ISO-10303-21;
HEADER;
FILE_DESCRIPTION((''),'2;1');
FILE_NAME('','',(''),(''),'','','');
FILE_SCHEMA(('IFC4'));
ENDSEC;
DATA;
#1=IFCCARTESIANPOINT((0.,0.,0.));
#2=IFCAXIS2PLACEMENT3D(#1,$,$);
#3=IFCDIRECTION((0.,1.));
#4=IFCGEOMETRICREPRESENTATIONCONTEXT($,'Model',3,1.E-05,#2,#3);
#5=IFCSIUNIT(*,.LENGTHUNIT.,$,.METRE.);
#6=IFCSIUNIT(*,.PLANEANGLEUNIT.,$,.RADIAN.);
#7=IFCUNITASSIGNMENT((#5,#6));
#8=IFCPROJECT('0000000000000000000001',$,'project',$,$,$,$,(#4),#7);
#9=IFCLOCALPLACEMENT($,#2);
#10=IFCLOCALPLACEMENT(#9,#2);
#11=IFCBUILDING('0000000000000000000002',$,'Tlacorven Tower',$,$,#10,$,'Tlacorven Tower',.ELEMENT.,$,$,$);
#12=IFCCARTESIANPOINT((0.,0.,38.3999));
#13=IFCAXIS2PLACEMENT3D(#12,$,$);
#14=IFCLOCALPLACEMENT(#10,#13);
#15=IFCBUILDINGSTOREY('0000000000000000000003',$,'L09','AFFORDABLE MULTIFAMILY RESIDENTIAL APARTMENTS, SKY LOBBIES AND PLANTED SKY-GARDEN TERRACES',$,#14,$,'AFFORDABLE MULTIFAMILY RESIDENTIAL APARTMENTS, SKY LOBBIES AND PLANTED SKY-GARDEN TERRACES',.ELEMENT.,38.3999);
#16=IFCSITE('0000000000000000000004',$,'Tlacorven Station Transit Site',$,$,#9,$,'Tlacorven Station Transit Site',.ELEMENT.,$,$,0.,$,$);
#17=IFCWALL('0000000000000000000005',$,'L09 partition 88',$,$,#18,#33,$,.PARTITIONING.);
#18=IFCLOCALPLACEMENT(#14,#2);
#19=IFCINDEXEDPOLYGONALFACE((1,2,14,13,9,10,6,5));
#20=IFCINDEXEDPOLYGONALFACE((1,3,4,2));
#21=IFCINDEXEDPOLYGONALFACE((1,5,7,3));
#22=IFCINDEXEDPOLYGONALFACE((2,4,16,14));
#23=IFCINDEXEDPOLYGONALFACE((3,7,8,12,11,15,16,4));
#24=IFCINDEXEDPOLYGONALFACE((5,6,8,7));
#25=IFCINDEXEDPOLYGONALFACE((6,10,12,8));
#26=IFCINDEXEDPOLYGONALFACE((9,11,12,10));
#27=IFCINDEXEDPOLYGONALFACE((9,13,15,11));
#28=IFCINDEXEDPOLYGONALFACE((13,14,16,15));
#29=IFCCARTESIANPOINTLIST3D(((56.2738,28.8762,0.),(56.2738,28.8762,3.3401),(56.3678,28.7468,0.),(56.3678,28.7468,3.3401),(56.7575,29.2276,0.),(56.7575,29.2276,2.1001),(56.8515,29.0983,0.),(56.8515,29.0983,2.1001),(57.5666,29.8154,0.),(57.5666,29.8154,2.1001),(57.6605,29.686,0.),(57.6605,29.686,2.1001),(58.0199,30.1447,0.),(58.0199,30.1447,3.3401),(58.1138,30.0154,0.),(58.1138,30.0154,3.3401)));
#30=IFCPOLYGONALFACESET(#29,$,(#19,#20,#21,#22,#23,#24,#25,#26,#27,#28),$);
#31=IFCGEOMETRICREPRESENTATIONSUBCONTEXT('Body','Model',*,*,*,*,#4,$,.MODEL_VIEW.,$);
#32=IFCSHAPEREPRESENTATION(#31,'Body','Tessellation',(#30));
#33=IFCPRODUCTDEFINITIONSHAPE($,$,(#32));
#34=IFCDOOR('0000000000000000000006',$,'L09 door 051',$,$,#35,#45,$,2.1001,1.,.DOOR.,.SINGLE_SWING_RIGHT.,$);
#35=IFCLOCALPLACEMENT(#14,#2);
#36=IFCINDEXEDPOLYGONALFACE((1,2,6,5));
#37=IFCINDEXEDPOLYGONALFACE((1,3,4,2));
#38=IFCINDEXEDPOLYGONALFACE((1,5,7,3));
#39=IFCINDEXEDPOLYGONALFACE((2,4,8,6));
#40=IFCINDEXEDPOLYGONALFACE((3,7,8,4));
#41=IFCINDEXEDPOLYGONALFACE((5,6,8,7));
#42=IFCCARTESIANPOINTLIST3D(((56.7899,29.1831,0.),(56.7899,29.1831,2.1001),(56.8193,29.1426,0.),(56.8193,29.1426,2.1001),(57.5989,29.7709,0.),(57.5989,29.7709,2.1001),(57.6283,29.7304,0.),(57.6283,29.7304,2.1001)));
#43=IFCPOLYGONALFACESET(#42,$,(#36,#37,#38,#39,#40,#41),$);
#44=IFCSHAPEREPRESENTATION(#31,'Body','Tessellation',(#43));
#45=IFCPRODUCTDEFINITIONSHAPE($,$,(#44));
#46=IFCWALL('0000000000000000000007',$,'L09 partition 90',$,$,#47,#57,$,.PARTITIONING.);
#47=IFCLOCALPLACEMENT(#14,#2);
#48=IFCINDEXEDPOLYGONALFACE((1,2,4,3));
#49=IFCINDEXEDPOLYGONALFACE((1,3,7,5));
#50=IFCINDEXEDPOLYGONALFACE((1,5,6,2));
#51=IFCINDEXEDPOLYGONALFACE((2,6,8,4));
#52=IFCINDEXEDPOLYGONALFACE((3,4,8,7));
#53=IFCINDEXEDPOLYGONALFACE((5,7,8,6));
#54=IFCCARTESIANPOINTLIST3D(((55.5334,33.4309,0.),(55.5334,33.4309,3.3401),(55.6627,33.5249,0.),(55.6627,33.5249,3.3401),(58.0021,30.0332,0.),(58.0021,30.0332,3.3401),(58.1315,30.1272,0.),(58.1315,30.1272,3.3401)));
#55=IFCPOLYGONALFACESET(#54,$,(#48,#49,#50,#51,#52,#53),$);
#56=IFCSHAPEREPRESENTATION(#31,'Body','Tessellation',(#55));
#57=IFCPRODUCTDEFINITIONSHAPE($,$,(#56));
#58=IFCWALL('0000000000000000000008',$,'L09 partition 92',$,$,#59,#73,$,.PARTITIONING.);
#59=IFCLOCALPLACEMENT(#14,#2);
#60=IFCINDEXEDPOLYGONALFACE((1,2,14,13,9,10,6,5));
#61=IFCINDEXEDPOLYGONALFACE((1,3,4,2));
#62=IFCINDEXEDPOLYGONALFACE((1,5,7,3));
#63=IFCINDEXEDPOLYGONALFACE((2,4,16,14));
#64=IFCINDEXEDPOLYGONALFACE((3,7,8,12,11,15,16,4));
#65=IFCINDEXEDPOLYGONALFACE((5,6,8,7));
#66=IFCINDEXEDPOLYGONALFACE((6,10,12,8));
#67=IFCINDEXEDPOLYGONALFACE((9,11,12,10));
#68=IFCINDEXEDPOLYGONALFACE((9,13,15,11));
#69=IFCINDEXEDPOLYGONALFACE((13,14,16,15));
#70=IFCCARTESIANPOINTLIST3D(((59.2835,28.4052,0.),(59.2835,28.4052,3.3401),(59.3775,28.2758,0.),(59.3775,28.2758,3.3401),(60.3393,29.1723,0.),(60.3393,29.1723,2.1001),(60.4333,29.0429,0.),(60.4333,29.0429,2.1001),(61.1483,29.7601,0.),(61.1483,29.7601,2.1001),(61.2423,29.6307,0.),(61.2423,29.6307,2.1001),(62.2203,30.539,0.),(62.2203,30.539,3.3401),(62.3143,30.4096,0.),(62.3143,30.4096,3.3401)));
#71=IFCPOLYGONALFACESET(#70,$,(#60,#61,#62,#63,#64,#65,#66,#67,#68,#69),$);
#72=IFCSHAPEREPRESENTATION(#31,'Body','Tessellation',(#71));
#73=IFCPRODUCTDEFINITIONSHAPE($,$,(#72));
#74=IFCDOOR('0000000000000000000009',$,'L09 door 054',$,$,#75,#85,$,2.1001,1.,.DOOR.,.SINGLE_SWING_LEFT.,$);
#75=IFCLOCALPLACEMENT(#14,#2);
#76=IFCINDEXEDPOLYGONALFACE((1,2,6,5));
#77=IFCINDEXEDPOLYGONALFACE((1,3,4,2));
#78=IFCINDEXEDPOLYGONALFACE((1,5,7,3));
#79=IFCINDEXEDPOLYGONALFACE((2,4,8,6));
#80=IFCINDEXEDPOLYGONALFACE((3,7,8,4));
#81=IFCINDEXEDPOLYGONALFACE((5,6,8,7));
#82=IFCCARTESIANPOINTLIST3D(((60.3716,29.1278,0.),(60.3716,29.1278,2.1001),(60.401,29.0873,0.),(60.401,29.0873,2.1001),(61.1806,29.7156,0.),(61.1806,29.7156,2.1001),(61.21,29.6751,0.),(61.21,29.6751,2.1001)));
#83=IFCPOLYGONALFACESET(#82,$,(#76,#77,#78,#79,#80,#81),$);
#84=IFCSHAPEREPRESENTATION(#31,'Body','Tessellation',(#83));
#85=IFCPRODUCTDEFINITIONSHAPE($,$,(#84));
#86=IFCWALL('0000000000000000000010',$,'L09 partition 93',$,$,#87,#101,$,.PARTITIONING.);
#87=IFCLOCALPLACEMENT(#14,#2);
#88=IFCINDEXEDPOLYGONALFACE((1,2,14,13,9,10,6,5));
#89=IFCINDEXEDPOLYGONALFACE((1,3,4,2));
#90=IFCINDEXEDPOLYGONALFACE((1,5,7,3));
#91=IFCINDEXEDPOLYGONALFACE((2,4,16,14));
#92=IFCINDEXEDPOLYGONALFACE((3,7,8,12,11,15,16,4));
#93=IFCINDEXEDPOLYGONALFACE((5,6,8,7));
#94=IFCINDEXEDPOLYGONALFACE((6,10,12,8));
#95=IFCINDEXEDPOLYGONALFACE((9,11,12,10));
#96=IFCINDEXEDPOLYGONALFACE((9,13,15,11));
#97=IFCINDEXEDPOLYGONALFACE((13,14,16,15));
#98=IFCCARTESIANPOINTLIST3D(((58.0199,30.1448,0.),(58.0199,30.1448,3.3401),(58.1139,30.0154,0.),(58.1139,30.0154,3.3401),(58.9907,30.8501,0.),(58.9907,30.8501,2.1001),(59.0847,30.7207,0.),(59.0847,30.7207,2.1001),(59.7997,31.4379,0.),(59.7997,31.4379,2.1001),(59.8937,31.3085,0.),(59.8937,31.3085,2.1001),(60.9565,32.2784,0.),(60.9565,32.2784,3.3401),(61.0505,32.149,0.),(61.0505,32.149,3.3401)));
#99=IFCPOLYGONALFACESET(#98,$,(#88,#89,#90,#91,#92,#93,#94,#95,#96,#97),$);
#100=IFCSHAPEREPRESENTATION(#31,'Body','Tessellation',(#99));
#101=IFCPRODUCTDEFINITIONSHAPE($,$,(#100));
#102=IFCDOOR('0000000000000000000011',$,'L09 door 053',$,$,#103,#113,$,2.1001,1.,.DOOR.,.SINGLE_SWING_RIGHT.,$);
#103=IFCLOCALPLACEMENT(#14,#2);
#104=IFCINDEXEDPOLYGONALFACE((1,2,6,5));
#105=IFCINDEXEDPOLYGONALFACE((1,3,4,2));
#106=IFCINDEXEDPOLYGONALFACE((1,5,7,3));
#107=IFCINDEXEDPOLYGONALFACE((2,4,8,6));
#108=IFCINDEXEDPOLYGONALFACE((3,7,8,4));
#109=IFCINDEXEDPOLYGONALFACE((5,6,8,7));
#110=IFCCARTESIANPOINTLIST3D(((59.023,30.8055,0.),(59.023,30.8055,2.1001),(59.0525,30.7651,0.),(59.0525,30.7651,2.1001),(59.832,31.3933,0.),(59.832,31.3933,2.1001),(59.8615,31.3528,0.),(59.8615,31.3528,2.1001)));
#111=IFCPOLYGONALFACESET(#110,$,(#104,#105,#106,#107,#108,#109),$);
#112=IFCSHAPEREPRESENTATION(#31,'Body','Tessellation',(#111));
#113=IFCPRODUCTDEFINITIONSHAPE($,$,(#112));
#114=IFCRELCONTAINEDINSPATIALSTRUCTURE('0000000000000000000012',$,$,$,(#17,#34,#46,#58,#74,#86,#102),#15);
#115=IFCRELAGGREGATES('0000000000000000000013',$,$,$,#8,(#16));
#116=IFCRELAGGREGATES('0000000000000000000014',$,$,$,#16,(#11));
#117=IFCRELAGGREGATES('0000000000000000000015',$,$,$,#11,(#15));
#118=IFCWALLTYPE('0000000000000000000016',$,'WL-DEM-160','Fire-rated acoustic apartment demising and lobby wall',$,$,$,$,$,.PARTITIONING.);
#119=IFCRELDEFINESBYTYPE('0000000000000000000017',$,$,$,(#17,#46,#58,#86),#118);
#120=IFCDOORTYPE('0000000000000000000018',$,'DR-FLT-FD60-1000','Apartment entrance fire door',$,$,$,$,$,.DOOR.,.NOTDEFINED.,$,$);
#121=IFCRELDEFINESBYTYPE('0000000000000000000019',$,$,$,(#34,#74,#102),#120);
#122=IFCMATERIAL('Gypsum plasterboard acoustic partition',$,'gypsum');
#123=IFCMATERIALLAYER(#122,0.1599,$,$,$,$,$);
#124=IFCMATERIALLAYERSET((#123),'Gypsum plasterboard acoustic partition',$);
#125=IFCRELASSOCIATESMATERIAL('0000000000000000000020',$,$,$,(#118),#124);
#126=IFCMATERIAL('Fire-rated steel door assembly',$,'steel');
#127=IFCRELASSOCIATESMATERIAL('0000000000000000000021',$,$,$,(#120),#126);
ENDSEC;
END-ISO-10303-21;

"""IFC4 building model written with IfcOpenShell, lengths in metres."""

from ifc_helpers import new_model, si_unit, direction, frame, frame_2d, origin, place, context, subcontext, project, spatial, rectangle, extrude, source, transform, mapped, material, layer, layer_set, type_object, element, fill, save


model = new_model("IFC4")

# Units and contexts
model_context = context("Model", 3, precision=1e-05, world=origin(), true_north=direction((0.0, 1.0)))
body_context = subcontext(model_context, "Body", "Model", "MODEL_VIEW")
ifc_project = project(units=[si_unit("LENGTHUNIT", "METRE"), si_unit("PLANEANGLEUNIT", "RADIAN")], contexts=[model_context])

# Site, building, storey
site_placement = place(None, origin())
site = spatial("IfcSite", under=ifc_project, at=site_placement, Name="Tlacorven Station Transit Site", LongName="Tlacorven Station Transit Site", CompositionType="ELEMENT", RefElevation=0.0)
building_placement = place(site_placement, origin())
building = spatial("IfcBuilding", under=site, at=building_placement, Name="Tlacorven Tower", LongName="Tlacorven Tower", CompositionType="ELEMENT")
storey_placement = place(building_placement, frame((0.0, 0.0, 38.3999)))
storey = spatial("IfcBuildingStorey", under=building, at=storey_placement, Name="L09", Description="AFFORDABLE MULTIFAMILY RESIDENTIAL APARTMENTS, SKY LOBBIES AND PLANTED SKY-GARDEN TERRACES", LongName="AFFORDABLE MULTIFAMILY RESIDENTIAL APARTMENTS, SKY LOBBIES AND PLANTED SKY-GARDEN TERRACES", CompositionType="ELEMENT", Elevation=38.3999)

# Wall, opening, door
ifc_material_1 = material(Name="Gypsum plasterboard acoustic partition", Category="gypsum")
ifc_layer_1 = layer(ifc_material_1, 0.1599)
ifc_layer_set_1 = layer_set([ifc_layer_1], Name="Gypsum plasterboard acoustic partition")
wall_type_1 = type_object("IfcWallType", Name="WL-DEM-160", Description="Fire-rated acoustic apartment demising and lobby wall", PredefinedType="PARTITIONING", material=ifc_layer_set_1)
wall_1_placement = place(storey_placement, frame((56.3208, 28.8115, 0.0), z_axis=(0.0, 0.0, 1.0), x_axis=(0.809029, 0.587768, 0.0)))
wall_1 = element("IfcWall", 1, at=wall_1_placement, inside=storey, type_object=wall_type_1, Name="L09 partition 88", PredefinedType="PARTITIONING", context=body_context, shape_type="SweptSolid", body=[
    extrude(rectangle(XDim=2.1582, YDim=0.1599, at=frame_2d((1.0791, 0.0))), origin(), (0.0, 0.0, 1.0), 3.3401),
])
opening_1_placement = place(wall_1_placement, frame((0.5979, 0.0, 0.0)))
opening_1 = element("IfcOpeningElement", 2, at=opening_1_placement, cuts=wall_1, PredefinedType="OPENING", context=body_context, shape_type="SweptSolid", body=[
    extrude(rectangle(XDim=1.0, YDim=2.1001, at=frame_2d((0.5, 1.05))), frame((0.0, 0.0898, 0.0), z_axis=(0.0, -1.0, 0.0), x_axis=(1.0, 0.0, 0.0)), (0.0, 0.0, 1.0), 0.1799),
])
ifc_material_2 = material(Name="Fire-rated steel door assembly", Category="steel")
door_type = type_object("IfcDoorType", Name="DR-FLT-FD60-1000", Description="Apartment entrance fire door", OperationType="NOTDEFINED", PredefinedType="DOOR", material=ifc_material_2)
shared_shape_1 = source(origin(), body_context, "Body", "SweptSolid", [
    extrude(rectangle(XDim=1.0, YDim=2.1001, at=frame_2d((0.5, 1.05))), frame((0.0, 0.0249, 0.0), z_axis=(0.0, -1.0, 0.0), x_axis=(1.0, 0.0, 0.0)), (0.0, 0.0, 1.0), 0.05),
])
door_1_placement = place(opening_1_placement, origin())
door_1 = element("IfcDoor", 3, at=door_1_placement, inside=storey, type_object=door_type, Name="L09 door 051", OperationType="SINGLE_SWING_RIGHT", OverallHeight=2.1001, OverallWidth=1.0, PredefinedType="DOOR", context=body_context, shape_type="MappedRepresentation", body=[
    mapped(shared_shape_1, transform((0.0, 0.0, 0.0), scale=1.0)),
])
fill(opening_1, door_1)

# Wall
wall_2_placement = place(storey_placement, frame((58.0669, 30.0801, 0.0), z_axis=(0.0, 0.0, 1.0), x_axis=(-0.587812, 0.808997, 0.0)))
element("IfcWall", 4, at=wall_2_placement, inside=storey, type_object=wall_type_1, Name="L09 partition 90", PredefinedType="PARTITIONING", context=body_context, shape_type="SweptSolid", body=[
    extrude(rectangle(XDim=4.2, YDim=0.1599, at=frame_2d((2.1001, 0.0))), origin(), (0.0, 0.0, 1.0), 3.3401),
])

# Walls, openings, doors
wall_3_placement = place(storey_placement, frame((59.3306, 28.3406, 0.0), z_axis=(0.0, 0.0, 1.0), x_axis=(0.809004, 0.587804, 0.0)))
wall_3 = element("IfcWall", 5, at=wall_3_placement, inside=storey, type_object=wall_type_1, Name="L09 partition 92", PredefinedType="PARTITIONING", context=body_context, shape_type="SweptSolid", body=[
    extrude(rectangle(XDim=3.6301, YDim=0.1599, at=frame_2d((1.8149, 0.0))), origin(), (0.0, 0.0, 1.0), 3.3401),
])
opening_2_placement = place(wall_3_placement, frame((1.3049, 0.0, 0.0)))
opening_2 = element("IfcOpeningElement", 6, at=opening_2_placement, cuts=wall_3, PredefinedType="OPENING", context=body_context, shape_type="SweptSolid", body=[
    extrude(rectangle(XDim=1.0, YDim=2.1001, at=frame_2d((0.5, 1.05))), frame((0.0, 0.0898, 0.0), z_axis=(0.0, -1.0, 0.0), x_axis=(1.0, 0.0, 0.0)), (0.0, 0.0, 1.0), 0.1799),
])
door_2_placement = place(opening_2_placement, origin())
door_2 = element("IfcDoor", 7, at=door_2_placement, inside=storey, type_object=door_type, Name="L09 door 054", OperationType="SINGLE_SWING_LEFT", OverallHeight=2.1001, OverallWidth=1.0, PredefinedType="DOOR", context=body_context, shape_type="MappedRepresentation", body=[
    mapped(shared_shape_1, transform((0.0, 0.0, 0.0), scale=1.0)),
])
fill(opening_2, door_2)
wall_4_placement = place(storey_placement, frame((58.0669, 30.0801, 0.0), z_axis=(0.0, 0.0, 1.0), x_axis=(0.809012, 0.587792, 0.0)))
wall_4 = element("IfcWall", 8, at=wall_4_placement, inside=storey, type_object=wall_type_1, Name="L09 partition 93", PredefinedType="PARTITIONING", context=body_context, shape_type="SweptSolid", body=[
    extrude(rectangle(XDim=3.6299, YDim=0.1599, at=frame_2d((1.8149, 0.0))), origin(), (0.0, 0.0, 1.0), 3.3401),
])
opening_3_placement = place(wall_4_placement, frame((1.2, 0.0, 0.0)))
opening_3 = element("IfcOpeningElement", 9, at=opening_3_placement, cuts=wall_4, PredefinedType="OPENING", context=body_context, shape_type="SweptSolid", body=[
    extrude(rectangle(XDim=1.0, YDim=2.1001, at=frame_2d((0.5, 1.05))), frame((0.0, 0.0898, 0.0), z_axis=(0.0, -1.0, 0.0), x_axis=(1.0, 0.0, 0.0)), (0.0, 0.0, 1.0), 0.1799),
])
door_3_placement = place(opening_3_placement, origin())
door_3 = element("IfcDoor", 10, at=door_3_placement, inside=storey, type_object=door_type, Name="L09 door 053", OperationType="SINGLE_SWING_RIGHT", OverallHeight=2.1001, OverallWidth=1.0, PredefinedType="DOOR", context=body_context, shape_type="MappedRepresentation", body=[
    mapped(shared_shape_1, transform((0.0, 0.0, 0.0), scale=1.0)),
])
fill(opening_3, door_3)

save(model, "model.ifc")
